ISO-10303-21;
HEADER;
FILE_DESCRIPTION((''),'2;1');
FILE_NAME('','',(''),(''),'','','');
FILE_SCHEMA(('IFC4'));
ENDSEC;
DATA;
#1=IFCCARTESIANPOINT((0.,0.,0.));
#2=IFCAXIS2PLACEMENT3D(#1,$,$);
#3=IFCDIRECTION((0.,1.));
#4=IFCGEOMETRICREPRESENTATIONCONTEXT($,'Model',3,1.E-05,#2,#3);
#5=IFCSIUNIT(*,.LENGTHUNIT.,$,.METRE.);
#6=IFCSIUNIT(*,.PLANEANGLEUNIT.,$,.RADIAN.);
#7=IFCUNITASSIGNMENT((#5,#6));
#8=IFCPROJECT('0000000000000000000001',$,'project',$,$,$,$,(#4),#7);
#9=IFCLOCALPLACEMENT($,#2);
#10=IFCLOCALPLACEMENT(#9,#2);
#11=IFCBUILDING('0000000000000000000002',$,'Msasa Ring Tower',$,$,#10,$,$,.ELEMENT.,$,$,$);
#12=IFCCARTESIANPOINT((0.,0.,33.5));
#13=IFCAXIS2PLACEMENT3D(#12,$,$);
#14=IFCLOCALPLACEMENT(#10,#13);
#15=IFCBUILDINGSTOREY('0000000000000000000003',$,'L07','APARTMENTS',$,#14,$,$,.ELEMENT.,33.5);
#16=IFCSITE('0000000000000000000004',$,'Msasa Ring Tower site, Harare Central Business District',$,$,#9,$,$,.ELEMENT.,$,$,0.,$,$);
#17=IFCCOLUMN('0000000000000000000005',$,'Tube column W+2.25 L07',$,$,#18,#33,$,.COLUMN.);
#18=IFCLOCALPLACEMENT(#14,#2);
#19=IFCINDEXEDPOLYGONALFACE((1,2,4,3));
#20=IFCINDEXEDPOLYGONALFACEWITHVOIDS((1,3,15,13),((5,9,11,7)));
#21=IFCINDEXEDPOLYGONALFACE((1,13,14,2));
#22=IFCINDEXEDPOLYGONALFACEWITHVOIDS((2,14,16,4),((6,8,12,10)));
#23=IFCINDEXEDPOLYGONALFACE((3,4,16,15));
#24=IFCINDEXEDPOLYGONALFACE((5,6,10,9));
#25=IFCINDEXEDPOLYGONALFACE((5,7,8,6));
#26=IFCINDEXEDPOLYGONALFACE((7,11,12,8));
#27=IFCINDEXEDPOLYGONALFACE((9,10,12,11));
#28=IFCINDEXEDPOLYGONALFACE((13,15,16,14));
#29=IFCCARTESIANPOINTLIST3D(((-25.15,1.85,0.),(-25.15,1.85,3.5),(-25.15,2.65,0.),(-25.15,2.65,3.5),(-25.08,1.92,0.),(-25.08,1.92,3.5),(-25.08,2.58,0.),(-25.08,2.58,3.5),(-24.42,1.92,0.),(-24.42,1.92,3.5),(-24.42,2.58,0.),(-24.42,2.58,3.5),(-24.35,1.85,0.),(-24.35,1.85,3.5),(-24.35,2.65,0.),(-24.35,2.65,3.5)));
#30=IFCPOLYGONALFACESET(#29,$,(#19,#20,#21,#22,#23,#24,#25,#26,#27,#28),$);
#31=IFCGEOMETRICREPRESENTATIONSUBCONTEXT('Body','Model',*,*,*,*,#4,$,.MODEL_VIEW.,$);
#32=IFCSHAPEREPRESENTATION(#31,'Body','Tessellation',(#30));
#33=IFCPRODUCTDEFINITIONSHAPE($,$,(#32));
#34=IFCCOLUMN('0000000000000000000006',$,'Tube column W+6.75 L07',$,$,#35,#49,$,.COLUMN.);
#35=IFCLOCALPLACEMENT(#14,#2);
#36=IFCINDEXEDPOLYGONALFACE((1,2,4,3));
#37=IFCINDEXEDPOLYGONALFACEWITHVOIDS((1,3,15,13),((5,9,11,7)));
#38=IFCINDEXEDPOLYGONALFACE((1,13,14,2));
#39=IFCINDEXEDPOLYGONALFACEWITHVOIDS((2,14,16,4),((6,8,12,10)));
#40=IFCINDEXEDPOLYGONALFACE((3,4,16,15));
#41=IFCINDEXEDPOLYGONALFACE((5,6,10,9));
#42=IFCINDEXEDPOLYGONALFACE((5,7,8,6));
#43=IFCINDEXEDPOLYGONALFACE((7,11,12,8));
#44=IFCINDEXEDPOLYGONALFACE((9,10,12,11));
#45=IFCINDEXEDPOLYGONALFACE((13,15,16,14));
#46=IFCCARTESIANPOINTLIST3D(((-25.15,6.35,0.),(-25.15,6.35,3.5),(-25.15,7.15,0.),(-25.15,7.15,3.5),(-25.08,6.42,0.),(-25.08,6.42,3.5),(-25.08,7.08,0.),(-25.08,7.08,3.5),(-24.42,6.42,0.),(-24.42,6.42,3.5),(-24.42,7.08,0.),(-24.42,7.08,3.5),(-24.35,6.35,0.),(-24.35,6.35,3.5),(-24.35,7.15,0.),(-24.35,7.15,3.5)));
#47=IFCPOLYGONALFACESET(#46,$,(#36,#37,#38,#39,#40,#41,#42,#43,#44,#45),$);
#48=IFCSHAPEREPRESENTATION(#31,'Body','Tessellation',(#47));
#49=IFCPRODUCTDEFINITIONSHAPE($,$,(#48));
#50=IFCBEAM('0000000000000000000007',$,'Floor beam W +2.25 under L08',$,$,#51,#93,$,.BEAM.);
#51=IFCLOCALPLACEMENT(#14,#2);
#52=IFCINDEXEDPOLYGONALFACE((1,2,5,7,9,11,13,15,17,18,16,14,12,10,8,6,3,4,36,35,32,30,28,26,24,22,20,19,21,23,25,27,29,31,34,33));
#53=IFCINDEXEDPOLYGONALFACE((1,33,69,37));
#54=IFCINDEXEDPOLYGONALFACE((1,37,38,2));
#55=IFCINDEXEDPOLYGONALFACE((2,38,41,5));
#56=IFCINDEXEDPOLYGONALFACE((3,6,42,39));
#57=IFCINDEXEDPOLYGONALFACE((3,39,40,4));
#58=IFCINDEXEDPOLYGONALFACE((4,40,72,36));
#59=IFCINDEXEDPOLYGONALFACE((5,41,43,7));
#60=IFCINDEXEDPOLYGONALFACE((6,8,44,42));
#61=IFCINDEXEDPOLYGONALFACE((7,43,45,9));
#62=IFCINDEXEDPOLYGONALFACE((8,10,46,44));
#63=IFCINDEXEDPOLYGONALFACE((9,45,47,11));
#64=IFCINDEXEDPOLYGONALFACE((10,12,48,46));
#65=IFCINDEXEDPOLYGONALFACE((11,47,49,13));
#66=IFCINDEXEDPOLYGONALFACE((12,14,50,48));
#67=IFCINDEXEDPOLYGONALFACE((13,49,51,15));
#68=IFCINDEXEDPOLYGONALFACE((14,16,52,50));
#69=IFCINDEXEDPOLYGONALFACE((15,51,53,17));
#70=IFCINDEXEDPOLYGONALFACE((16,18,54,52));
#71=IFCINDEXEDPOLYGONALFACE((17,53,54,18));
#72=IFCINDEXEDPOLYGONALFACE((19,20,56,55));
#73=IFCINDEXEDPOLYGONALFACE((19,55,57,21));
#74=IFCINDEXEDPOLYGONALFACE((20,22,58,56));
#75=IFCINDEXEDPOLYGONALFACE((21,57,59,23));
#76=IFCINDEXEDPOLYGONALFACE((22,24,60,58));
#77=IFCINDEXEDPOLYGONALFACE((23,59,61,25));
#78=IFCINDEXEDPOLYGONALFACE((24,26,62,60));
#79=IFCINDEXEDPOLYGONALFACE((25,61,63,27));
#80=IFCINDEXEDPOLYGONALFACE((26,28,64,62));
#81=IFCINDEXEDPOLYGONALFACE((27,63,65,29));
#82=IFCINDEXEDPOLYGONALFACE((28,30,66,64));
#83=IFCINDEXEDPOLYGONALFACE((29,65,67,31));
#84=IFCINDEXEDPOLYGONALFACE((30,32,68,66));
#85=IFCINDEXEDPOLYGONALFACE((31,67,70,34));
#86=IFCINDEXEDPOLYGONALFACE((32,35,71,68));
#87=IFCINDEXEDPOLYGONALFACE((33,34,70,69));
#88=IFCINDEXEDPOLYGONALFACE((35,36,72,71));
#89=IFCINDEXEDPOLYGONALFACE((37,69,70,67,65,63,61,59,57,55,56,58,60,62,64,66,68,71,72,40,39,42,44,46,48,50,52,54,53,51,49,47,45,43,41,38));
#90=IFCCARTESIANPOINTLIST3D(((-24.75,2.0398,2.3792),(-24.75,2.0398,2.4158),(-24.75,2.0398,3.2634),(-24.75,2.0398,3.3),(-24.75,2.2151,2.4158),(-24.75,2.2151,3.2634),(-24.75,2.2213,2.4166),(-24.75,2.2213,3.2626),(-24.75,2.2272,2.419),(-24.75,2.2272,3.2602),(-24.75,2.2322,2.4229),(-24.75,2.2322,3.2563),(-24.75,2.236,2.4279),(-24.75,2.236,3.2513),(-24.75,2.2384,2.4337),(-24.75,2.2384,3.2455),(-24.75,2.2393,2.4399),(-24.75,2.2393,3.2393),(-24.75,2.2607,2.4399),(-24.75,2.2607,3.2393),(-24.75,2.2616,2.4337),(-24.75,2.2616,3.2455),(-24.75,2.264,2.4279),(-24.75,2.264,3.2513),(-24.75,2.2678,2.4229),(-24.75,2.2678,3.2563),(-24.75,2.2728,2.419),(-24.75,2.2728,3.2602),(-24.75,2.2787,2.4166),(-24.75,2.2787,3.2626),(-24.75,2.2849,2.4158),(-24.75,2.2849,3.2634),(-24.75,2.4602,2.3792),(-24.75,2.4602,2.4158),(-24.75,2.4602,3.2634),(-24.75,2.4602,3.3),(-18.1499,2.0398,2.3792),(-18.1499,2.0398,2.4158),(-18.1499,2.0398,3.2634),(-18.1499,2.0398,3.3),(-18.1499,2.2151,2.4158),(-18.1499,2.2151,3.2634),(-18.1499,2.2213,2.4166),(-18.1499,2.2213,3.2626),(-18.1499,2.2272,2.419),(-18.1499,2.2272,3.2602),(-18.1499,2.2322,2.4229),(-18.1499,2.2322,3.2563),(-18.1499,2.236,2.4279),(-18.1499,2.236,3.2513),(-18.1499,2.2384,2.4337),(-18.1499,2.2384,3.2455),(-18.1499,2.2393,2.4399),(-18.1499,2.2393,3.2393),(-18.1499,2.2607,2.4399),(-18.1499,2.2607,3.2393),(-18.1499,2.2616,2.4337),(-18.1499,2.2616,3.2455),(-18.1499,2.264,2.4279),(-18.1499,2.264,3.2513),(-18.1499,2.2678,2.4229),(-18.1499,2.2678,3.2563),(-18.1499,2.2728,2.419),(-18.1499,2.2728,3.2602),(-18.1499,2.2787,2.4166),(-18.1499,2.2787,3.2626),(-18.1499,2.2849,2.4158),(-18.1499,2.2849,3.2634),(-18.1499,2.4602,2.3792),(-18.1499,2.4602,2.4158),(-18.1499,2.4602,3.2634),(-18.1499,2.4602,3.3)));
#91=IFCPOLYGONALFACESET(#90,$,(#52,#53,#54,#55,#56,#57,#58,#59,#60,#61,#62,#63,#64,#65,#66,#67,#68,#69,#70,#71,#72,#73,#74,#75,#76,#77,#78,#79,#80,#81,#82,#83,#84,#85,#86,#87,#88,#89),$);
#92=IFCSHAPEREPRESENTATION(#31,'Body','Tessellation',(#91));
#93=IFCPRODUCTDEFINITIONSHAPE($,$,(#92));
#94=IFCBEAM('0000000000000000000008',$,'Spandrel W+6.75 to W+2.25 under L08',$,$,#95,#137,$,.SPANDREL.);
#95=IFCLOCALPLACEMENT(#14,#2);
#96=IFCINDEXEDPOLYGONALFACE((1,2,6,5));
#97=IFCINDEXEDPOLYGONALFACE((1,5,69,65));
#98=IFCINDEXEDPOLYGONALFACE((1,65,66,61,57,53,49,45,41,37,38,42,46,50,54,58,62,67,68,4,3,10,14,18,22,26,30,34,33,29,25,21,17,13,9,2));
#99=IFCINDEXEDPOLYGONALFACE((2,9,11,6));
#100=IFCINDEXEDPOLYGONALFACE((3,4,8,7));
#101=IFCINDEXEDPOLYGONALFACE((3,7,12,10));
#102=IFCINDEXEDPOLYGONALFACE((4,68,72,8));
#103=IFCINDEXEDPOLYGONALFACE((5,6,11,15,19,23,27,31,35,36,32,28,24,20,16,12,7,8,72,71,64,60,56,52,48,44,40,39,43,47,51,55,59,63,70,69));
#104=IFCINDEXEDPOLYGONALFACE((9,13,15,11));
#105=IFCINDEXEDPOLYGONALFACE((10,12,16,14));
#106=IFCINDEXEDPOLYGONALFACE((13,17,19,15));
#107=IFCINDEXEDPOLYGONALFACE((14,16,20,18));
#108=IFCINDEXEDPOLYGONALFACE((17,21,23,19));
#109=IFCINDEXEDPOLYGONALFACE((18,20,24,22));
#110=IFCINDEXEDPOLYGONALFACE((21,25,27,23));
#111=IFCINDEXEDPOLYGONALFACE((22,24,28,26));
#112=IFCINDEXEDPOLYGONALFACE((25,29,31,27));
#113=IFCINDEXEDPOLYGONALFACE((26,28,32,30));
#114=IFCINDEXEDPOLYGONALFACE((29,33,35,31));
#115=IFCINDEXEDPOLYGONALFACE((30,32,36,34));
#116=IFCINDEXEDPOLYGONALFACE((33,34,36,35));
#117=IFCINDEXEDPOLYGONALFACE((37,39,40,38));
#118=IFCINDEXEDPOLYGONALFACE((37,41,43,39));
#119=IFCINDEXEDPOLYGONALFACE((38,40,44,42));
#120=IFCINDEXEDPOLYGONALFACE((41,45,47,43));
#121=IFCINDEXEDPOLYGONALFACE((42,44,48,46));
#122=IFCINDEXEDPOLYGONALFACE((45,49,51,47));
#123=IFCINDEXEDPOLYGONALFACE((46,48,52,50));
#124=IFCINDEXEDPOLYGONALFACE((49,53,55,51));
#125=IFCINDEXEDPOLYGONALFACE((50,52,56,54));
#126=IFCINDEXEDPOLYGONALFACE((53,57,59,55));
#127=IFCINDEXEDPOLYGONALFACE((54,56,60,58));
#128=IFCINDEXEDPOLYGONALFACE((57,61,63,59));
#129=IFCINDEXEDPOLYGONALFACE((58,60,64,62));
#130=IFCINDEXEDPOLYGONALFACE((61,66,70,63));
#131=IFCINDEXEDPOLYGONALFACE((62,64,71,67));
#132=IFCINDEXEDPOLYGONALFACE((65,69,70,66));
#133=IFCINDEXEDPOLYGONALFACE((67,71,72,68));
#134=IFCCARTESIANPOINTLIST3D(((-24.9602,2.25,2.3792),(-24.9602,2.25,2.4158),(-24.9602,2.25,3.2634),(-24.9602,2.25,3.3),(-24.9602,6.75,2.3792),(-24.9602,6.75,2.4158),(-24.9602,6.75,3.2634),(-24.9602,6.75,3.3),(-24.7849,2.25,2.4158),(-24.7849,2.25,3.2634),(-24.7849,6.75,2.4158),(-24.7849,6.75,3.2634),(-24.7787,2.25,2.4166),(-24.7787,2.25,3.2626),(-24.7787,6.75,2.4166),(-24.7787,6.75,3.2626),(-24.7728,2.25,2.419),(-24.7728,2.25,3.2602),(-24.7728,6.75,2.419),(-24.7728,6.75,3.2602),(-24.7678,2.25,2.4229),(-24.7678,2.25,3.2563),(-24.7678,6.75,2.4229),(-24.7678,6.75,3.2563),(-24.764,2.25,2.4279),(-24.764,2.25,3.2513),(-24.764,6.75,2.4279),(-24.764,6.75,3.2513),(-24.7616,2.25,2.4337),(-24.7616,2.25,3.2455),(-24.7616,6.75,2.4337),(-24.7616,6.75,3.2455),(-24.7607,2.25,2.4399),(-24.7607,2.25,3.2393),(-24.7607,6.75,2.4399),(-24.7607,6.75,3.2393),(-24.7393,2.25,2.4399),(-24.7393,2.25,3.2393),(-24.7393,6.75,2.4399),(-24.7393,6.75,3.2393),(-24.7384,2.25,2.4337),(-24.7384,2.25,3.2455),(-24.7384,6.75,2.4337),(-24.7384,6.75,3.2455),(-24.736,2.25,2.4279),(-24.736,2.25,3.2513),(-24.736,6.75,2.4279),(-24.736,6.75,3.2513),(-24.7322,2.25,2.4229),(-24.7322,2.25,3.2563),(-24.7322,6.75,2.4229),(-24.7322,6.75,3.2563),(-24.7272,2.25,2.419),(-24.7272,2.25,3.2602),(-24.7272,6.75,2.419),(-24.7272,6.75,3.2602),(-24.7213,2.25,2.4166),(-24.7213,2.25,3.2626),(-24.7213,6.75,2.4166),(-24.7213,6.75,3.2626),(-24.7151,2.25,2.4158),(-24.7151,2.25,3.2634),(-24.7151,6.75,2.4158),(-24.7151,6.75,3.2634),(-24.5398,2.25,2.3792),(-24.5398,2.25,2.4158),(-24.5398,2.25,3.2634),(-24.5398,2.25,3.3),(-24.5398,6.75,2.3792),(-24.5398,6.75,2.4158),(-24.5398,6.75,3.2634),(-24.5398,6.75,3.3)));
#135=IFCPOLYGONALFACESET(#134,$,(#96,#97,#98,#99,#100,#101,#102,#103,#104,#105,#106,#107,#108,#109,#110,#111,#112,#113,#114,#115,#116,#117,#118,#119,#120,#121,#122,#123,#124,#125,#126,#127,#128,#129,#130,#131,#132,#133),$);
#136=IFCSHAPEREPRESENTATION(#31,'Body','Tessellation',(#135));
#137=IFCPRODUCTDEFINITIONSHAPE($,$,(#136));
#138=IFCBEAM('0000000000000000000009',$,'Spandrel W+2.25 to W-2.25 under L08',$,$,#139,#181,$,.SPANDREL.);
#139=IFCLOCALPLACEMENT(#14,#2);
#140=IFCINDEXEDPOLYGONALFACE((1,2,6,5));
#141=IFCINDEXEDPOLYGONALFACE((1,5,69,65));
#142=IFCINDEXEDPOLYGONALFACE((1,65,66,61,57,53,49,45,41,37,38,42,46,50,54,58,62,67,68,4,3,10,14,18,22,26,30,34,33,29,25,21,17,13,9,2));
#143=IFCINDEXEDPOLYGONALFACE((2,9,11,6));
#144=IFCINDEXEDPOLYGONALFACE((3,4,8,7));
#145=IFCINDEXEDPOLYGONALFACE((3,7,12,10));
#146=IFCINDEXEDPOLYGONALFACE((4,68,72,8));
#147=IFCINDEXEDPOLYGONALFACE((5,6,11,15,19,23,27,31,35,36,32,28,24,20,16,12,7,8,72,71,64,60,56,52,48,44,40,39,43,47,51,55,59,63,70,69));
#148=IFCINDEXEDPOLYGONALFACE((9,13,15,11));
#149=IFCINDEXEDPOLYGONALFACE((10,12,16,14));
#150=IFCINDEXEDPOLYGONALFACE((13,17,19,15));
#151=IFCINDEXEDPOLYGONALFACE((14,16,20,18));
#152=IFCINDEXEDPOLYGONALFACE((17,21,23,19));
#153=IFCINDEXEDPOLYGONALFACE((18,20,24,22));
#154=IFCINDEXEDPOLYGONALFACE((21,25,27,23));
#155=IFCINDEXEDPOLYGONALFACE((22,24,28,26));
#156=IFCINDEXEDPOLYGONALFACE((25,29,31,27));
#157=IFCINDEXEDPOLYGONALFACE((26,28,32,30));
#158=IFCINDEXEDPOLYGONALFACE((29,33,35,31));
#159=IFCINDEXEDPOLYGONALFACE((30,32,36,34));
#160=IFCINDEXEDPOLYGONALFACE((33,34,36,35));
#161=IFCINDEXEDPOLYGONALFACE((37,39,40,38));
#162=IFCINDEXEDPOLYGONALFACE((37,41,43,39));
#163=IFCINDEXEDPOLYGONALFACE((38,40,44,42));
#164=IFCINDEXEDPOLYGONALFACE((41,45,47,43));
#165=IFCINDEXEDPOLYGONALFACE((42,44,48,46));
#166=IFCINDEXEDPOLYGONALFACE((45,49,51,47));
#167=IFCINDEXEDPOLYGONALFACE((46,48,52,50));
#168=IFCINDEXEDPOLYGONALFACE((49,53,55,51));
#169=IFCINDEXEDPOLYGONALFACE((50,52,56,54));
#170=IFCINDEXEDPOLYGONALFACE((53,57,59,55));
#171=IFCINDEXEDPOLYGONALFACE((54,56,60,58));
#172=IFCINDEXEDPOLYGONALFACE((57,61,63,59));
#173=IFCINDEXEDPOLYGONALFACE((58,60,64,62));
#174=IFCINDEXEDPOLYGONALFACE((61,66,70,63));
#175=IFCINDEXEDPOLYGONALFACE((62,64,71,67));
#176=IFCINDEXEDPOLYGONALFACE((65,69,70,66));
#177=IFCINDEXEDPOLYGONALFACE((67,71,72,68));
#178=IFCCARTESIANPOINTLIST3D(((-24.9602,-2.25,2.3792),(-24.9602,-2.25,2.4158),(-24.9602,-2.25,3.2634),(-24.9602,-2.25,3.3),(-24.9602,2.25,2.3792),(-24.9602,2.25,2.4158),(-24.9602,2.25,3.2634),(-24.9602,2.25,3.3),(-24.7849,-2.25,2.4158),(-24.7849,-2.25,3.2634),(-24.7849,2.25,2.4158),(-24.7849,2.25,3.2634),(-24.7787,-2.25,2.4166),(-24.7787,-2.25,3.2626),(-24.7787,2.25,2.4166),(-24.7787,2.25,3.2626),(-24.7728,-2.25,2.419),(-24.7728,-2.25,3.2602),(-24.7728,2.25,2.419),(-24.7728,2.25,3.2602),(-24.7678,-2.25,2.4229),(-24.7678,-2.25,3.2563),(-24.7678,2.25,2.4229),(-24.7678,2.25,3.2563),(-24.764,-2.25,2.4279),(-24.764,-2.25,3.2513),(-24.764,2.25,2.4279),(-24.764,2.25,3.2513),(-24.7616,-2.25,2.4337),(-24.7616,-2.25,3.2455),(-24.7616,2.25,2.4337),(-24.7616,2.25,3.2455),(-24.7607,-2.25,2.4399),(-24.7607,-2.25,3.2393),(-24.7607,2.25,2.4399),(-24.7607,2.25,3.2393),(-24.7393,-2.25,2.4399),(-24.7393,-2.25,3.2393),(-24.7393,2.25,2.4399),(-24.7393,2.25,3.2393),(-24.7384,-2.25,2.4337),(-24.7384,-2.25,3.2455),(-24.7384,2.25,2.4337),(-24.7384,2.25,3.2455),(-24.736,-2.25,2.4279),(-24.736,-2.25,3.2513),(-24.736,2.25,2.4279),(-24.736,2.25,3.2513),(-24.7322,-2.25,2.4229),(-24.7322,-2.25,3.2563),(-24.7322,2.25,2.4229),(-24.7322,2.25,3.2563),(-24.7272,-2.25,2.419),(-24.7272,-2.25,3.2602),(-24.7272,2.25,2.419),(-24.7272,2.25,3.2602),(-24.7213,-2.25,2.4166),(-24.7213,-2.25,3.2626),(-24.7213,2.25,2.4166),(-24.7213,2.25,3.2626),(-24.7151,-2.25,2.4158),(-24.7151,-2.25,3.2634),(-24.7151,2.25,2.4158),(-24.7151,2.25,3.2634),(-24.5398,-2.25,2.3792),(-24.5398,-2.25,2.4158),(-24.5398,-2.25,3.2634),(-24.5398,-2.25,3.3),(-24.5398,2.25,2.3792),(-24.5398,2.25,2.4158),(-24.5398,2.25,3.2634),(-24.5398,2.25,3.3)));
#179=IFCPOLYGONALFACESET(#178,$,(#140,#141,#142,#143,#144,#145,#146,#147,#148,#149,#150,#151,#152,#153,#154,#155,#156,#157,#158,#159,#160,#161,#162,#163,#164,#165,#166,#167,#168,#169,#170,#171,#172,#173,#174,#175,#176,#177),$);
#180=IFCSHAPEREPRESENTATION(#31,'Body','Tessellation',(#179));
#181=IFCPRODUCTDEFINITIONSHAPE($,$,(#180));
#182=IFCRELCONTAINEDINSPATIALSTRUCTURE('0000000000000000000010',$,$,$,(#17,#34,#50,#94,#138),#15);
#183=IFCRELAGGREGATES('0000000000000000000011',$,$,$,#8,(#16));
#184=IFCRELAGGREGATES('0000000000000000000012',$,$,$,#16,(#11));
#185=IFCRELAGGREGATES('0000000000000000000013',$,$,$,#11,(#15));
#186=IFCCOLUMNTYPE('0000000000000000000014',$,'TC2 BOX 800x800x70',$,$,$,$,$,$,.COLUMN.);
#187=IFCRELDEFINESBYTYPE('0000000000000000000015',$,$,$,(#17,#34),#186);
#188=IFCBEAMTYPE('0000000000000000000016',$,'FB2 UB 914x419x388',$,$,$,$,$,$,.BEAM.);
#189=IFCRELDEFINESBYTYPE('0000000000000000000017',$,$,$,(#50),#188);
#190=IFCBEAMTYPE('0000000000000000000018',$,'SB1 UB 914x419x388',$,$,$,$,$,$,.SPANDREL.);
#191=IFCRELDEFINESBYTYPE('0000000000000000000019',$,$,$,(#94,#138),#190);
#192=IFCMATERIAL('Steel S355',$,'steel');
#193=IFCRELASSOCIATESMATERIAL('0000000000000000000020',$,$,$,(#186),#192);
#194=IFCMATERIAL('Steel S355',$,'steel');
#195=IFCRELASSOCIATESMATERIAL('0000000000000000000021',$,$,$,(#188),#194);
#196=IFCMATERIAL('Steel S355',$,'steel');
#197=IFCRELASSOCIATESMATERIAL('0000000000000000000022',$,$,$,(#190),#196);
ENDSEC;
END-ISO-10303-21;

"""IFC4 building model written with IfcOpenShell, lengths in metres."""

from ifc_helpers import new_model, si_unit, direction, frame, origin, origin_2d, place, context, subcontext, project, spatial, hollow_rectangle, i_section, extrude, material, material_profile, profile_set, type_object, element, save


model = new_model("IFC4")

# Units and contexts
model_context = context("Model", 3, precision=1e-05, world=origin(), true_north=direction((0.0, 1.0)))
body_context = subcontext(model_context, "Body", "Model", "MODEL_VIEW")
ifc_project = project(units=[si_unit("LENGTHUNIT", "METRE"), si_unit("PLANEANGLEUNIT", "RADIAN")], contexts=[model_context])

# Site, building, storey
site_placement = place(None, origin())
site = spatial("IfcSite", under=ifc_project, at=site_placement, Name="Msasa Ring Tower site, Harare Central Business District", CompositionType="ELEMENT", RefElevation=0.0)
building_placement = place(site_placement, origin())
building = spatial("IfcBuilding", under=site, at=building_placement, Name="Msasa Ring Tower", CompositionType="ELEMENT")
storey_placement = place(building_placement, frame((0.0, 0.0, 33.5)))
storey = spatial("IfcBuildingStorey", under=building, at=storey_placement, Name="L07", Description="APARTMENTS", CompositionType="ELEMENT", Elevation=33.5)

# Columns
ifc_material_1 = material(Name="Steel S355", Category="steel")
ifc_material_profile_1 = material_profile(ifc_material_1, hollow_rectangle(XDim=0.8, YDim=0.8, WallThickness=0.0701, at=origin_2d()), Name="BOX 800x800x70")
ifc_profile_set_1 = profile_set([ifc_material_profile_1], Name="Steel S355")
column_type = type_object("IfcColumnType", Name="TC2 BOX 800x800x70", PredefinedType="COLUMN", material=ifc_profile_set_1)
for number, where, z_axis, x_axis, name in (
    (1, (-24.75, 2.25, 0.0), (0.0, 0.0, 1.0), (1.0, 0.0, 0.0), "Tube column W+2.25 L07"),
    (2, (-24.75, 6.75, 0.0), (0.0, 0.0, 1.0), (1.0, 0.0, 0.0), "Tube column W+6.75 L07"),
):
    element("IfcColumn", number, at=place(storey_placement, frame(where, z_axis=z_axis, x_axis=x_axis)), inside=storey, type_object=column_type, Name=name, PredefinedType="COLUMN", context=body_context, shape_type="SweptSolid", body=[
        extrude(hollow_rectangle(XDim=0.8, YDim=0.8, WallThickness=0.0701, at=origin_2d()), origin(), (0.0, 0.0, 1.0), 3.5),
    ])

# Beams
ifc_material_2 = material(Name="Steel S355", Category="steel")
ifc_material_profile_2 = material_profile(ifc_material_2, i_section(OverallWidth=0.4204, OverallDepth=0.9209, WebThickness=0.0215, FlangeThickness=0.0366, FilletRadius=0.0242, at=origin_2d()), Name="UB 914x419x388")
ifc_profile_set_2 = profile_set([ifc_material_profile_2], Name="Steel S355")
beam_type_1 = type_object("IfcBeamType", Name="FB2 UB 914x419x388", PredefinedType="BEAM", material=ifc_profile_set_2)
beam_placement = place(storey_placement, frame((-24.75, 2.25, 2.8396), z_axis=(1.0, 0.0, 0.0), x_axis=(0.0, 1.0, 0.0)))
element("IfcBeam", 3, at=beam_placement, inside=storey, type_object=beam_type_1, Name="Floor beam W +2.25 under L08", PredefinedType="BEAM", context=body_context, shape_type="SweptSolid", body=[
    extrude(i_section(OverallWidth=0.4204, OverallDepth=0.9209, WebThickness=0.0215, FlangeThickness=0.0366, FilletRadius=0.0242, at=origin_2d()), origin(), (0.0, 0.0, 1.0), 6.6001),
])
ifc_material_3 = material(Name="Steel S355", Category="steel")
ifc_material_profile_3 = material_profile(ifc_material_3, i_section(OverallWidth=0.4204, OverallDepth=0.9209, WebThickness=0.0215, FlangeThickness=0.0366, FilletRadius=0.0242, at=origin_2d()), Name="UB 914x419x388")
ifc_profile_set_3 = profile_set([ifc_material_profile_3], Name="Steel S355")
beam_type_2 = type_object("IfcBeamType", Name="SB1 UB 914x419x388", PredefinedType="SPANDREL", material=ifc_profile_set_3)
for number, where, z_axis, x_axis, name in (
    (4, (-24.75, 6.75, 2.8396), (0.0, -1.0, 0.0), (1.0, 0.0, 0.0), "Spandrel W+6.75 to W+2.25 under L08"),
    (5, (-24.75, 2.25, 2.8396), (0.0, -1.0, 0.0), (1.0, 0.0, 0.0), "Spandrel W+2.25 to W-2.25 under L08"),
):
    element("IfcBeam", number, at=place(storey_placement, frame(where, z_axis=z_axis, x_axis=x_axis)), inside=storey, type_object=beam_type_2, Name=name, PredefinedType="SPANDREL", context=body_context, shape_type="SweptSolid", body=[
        extrude(i_section(OverallWidth=0.4204, OverallDepth=0.9209, WebThickness=0.0215, FlangeThickness=0.0366, FilletRadius=0.0242, at=origin_2d()), origin(), (0.0, 0.0, 1.0), 4.5),
    ])

save(model, "model.ifc")
